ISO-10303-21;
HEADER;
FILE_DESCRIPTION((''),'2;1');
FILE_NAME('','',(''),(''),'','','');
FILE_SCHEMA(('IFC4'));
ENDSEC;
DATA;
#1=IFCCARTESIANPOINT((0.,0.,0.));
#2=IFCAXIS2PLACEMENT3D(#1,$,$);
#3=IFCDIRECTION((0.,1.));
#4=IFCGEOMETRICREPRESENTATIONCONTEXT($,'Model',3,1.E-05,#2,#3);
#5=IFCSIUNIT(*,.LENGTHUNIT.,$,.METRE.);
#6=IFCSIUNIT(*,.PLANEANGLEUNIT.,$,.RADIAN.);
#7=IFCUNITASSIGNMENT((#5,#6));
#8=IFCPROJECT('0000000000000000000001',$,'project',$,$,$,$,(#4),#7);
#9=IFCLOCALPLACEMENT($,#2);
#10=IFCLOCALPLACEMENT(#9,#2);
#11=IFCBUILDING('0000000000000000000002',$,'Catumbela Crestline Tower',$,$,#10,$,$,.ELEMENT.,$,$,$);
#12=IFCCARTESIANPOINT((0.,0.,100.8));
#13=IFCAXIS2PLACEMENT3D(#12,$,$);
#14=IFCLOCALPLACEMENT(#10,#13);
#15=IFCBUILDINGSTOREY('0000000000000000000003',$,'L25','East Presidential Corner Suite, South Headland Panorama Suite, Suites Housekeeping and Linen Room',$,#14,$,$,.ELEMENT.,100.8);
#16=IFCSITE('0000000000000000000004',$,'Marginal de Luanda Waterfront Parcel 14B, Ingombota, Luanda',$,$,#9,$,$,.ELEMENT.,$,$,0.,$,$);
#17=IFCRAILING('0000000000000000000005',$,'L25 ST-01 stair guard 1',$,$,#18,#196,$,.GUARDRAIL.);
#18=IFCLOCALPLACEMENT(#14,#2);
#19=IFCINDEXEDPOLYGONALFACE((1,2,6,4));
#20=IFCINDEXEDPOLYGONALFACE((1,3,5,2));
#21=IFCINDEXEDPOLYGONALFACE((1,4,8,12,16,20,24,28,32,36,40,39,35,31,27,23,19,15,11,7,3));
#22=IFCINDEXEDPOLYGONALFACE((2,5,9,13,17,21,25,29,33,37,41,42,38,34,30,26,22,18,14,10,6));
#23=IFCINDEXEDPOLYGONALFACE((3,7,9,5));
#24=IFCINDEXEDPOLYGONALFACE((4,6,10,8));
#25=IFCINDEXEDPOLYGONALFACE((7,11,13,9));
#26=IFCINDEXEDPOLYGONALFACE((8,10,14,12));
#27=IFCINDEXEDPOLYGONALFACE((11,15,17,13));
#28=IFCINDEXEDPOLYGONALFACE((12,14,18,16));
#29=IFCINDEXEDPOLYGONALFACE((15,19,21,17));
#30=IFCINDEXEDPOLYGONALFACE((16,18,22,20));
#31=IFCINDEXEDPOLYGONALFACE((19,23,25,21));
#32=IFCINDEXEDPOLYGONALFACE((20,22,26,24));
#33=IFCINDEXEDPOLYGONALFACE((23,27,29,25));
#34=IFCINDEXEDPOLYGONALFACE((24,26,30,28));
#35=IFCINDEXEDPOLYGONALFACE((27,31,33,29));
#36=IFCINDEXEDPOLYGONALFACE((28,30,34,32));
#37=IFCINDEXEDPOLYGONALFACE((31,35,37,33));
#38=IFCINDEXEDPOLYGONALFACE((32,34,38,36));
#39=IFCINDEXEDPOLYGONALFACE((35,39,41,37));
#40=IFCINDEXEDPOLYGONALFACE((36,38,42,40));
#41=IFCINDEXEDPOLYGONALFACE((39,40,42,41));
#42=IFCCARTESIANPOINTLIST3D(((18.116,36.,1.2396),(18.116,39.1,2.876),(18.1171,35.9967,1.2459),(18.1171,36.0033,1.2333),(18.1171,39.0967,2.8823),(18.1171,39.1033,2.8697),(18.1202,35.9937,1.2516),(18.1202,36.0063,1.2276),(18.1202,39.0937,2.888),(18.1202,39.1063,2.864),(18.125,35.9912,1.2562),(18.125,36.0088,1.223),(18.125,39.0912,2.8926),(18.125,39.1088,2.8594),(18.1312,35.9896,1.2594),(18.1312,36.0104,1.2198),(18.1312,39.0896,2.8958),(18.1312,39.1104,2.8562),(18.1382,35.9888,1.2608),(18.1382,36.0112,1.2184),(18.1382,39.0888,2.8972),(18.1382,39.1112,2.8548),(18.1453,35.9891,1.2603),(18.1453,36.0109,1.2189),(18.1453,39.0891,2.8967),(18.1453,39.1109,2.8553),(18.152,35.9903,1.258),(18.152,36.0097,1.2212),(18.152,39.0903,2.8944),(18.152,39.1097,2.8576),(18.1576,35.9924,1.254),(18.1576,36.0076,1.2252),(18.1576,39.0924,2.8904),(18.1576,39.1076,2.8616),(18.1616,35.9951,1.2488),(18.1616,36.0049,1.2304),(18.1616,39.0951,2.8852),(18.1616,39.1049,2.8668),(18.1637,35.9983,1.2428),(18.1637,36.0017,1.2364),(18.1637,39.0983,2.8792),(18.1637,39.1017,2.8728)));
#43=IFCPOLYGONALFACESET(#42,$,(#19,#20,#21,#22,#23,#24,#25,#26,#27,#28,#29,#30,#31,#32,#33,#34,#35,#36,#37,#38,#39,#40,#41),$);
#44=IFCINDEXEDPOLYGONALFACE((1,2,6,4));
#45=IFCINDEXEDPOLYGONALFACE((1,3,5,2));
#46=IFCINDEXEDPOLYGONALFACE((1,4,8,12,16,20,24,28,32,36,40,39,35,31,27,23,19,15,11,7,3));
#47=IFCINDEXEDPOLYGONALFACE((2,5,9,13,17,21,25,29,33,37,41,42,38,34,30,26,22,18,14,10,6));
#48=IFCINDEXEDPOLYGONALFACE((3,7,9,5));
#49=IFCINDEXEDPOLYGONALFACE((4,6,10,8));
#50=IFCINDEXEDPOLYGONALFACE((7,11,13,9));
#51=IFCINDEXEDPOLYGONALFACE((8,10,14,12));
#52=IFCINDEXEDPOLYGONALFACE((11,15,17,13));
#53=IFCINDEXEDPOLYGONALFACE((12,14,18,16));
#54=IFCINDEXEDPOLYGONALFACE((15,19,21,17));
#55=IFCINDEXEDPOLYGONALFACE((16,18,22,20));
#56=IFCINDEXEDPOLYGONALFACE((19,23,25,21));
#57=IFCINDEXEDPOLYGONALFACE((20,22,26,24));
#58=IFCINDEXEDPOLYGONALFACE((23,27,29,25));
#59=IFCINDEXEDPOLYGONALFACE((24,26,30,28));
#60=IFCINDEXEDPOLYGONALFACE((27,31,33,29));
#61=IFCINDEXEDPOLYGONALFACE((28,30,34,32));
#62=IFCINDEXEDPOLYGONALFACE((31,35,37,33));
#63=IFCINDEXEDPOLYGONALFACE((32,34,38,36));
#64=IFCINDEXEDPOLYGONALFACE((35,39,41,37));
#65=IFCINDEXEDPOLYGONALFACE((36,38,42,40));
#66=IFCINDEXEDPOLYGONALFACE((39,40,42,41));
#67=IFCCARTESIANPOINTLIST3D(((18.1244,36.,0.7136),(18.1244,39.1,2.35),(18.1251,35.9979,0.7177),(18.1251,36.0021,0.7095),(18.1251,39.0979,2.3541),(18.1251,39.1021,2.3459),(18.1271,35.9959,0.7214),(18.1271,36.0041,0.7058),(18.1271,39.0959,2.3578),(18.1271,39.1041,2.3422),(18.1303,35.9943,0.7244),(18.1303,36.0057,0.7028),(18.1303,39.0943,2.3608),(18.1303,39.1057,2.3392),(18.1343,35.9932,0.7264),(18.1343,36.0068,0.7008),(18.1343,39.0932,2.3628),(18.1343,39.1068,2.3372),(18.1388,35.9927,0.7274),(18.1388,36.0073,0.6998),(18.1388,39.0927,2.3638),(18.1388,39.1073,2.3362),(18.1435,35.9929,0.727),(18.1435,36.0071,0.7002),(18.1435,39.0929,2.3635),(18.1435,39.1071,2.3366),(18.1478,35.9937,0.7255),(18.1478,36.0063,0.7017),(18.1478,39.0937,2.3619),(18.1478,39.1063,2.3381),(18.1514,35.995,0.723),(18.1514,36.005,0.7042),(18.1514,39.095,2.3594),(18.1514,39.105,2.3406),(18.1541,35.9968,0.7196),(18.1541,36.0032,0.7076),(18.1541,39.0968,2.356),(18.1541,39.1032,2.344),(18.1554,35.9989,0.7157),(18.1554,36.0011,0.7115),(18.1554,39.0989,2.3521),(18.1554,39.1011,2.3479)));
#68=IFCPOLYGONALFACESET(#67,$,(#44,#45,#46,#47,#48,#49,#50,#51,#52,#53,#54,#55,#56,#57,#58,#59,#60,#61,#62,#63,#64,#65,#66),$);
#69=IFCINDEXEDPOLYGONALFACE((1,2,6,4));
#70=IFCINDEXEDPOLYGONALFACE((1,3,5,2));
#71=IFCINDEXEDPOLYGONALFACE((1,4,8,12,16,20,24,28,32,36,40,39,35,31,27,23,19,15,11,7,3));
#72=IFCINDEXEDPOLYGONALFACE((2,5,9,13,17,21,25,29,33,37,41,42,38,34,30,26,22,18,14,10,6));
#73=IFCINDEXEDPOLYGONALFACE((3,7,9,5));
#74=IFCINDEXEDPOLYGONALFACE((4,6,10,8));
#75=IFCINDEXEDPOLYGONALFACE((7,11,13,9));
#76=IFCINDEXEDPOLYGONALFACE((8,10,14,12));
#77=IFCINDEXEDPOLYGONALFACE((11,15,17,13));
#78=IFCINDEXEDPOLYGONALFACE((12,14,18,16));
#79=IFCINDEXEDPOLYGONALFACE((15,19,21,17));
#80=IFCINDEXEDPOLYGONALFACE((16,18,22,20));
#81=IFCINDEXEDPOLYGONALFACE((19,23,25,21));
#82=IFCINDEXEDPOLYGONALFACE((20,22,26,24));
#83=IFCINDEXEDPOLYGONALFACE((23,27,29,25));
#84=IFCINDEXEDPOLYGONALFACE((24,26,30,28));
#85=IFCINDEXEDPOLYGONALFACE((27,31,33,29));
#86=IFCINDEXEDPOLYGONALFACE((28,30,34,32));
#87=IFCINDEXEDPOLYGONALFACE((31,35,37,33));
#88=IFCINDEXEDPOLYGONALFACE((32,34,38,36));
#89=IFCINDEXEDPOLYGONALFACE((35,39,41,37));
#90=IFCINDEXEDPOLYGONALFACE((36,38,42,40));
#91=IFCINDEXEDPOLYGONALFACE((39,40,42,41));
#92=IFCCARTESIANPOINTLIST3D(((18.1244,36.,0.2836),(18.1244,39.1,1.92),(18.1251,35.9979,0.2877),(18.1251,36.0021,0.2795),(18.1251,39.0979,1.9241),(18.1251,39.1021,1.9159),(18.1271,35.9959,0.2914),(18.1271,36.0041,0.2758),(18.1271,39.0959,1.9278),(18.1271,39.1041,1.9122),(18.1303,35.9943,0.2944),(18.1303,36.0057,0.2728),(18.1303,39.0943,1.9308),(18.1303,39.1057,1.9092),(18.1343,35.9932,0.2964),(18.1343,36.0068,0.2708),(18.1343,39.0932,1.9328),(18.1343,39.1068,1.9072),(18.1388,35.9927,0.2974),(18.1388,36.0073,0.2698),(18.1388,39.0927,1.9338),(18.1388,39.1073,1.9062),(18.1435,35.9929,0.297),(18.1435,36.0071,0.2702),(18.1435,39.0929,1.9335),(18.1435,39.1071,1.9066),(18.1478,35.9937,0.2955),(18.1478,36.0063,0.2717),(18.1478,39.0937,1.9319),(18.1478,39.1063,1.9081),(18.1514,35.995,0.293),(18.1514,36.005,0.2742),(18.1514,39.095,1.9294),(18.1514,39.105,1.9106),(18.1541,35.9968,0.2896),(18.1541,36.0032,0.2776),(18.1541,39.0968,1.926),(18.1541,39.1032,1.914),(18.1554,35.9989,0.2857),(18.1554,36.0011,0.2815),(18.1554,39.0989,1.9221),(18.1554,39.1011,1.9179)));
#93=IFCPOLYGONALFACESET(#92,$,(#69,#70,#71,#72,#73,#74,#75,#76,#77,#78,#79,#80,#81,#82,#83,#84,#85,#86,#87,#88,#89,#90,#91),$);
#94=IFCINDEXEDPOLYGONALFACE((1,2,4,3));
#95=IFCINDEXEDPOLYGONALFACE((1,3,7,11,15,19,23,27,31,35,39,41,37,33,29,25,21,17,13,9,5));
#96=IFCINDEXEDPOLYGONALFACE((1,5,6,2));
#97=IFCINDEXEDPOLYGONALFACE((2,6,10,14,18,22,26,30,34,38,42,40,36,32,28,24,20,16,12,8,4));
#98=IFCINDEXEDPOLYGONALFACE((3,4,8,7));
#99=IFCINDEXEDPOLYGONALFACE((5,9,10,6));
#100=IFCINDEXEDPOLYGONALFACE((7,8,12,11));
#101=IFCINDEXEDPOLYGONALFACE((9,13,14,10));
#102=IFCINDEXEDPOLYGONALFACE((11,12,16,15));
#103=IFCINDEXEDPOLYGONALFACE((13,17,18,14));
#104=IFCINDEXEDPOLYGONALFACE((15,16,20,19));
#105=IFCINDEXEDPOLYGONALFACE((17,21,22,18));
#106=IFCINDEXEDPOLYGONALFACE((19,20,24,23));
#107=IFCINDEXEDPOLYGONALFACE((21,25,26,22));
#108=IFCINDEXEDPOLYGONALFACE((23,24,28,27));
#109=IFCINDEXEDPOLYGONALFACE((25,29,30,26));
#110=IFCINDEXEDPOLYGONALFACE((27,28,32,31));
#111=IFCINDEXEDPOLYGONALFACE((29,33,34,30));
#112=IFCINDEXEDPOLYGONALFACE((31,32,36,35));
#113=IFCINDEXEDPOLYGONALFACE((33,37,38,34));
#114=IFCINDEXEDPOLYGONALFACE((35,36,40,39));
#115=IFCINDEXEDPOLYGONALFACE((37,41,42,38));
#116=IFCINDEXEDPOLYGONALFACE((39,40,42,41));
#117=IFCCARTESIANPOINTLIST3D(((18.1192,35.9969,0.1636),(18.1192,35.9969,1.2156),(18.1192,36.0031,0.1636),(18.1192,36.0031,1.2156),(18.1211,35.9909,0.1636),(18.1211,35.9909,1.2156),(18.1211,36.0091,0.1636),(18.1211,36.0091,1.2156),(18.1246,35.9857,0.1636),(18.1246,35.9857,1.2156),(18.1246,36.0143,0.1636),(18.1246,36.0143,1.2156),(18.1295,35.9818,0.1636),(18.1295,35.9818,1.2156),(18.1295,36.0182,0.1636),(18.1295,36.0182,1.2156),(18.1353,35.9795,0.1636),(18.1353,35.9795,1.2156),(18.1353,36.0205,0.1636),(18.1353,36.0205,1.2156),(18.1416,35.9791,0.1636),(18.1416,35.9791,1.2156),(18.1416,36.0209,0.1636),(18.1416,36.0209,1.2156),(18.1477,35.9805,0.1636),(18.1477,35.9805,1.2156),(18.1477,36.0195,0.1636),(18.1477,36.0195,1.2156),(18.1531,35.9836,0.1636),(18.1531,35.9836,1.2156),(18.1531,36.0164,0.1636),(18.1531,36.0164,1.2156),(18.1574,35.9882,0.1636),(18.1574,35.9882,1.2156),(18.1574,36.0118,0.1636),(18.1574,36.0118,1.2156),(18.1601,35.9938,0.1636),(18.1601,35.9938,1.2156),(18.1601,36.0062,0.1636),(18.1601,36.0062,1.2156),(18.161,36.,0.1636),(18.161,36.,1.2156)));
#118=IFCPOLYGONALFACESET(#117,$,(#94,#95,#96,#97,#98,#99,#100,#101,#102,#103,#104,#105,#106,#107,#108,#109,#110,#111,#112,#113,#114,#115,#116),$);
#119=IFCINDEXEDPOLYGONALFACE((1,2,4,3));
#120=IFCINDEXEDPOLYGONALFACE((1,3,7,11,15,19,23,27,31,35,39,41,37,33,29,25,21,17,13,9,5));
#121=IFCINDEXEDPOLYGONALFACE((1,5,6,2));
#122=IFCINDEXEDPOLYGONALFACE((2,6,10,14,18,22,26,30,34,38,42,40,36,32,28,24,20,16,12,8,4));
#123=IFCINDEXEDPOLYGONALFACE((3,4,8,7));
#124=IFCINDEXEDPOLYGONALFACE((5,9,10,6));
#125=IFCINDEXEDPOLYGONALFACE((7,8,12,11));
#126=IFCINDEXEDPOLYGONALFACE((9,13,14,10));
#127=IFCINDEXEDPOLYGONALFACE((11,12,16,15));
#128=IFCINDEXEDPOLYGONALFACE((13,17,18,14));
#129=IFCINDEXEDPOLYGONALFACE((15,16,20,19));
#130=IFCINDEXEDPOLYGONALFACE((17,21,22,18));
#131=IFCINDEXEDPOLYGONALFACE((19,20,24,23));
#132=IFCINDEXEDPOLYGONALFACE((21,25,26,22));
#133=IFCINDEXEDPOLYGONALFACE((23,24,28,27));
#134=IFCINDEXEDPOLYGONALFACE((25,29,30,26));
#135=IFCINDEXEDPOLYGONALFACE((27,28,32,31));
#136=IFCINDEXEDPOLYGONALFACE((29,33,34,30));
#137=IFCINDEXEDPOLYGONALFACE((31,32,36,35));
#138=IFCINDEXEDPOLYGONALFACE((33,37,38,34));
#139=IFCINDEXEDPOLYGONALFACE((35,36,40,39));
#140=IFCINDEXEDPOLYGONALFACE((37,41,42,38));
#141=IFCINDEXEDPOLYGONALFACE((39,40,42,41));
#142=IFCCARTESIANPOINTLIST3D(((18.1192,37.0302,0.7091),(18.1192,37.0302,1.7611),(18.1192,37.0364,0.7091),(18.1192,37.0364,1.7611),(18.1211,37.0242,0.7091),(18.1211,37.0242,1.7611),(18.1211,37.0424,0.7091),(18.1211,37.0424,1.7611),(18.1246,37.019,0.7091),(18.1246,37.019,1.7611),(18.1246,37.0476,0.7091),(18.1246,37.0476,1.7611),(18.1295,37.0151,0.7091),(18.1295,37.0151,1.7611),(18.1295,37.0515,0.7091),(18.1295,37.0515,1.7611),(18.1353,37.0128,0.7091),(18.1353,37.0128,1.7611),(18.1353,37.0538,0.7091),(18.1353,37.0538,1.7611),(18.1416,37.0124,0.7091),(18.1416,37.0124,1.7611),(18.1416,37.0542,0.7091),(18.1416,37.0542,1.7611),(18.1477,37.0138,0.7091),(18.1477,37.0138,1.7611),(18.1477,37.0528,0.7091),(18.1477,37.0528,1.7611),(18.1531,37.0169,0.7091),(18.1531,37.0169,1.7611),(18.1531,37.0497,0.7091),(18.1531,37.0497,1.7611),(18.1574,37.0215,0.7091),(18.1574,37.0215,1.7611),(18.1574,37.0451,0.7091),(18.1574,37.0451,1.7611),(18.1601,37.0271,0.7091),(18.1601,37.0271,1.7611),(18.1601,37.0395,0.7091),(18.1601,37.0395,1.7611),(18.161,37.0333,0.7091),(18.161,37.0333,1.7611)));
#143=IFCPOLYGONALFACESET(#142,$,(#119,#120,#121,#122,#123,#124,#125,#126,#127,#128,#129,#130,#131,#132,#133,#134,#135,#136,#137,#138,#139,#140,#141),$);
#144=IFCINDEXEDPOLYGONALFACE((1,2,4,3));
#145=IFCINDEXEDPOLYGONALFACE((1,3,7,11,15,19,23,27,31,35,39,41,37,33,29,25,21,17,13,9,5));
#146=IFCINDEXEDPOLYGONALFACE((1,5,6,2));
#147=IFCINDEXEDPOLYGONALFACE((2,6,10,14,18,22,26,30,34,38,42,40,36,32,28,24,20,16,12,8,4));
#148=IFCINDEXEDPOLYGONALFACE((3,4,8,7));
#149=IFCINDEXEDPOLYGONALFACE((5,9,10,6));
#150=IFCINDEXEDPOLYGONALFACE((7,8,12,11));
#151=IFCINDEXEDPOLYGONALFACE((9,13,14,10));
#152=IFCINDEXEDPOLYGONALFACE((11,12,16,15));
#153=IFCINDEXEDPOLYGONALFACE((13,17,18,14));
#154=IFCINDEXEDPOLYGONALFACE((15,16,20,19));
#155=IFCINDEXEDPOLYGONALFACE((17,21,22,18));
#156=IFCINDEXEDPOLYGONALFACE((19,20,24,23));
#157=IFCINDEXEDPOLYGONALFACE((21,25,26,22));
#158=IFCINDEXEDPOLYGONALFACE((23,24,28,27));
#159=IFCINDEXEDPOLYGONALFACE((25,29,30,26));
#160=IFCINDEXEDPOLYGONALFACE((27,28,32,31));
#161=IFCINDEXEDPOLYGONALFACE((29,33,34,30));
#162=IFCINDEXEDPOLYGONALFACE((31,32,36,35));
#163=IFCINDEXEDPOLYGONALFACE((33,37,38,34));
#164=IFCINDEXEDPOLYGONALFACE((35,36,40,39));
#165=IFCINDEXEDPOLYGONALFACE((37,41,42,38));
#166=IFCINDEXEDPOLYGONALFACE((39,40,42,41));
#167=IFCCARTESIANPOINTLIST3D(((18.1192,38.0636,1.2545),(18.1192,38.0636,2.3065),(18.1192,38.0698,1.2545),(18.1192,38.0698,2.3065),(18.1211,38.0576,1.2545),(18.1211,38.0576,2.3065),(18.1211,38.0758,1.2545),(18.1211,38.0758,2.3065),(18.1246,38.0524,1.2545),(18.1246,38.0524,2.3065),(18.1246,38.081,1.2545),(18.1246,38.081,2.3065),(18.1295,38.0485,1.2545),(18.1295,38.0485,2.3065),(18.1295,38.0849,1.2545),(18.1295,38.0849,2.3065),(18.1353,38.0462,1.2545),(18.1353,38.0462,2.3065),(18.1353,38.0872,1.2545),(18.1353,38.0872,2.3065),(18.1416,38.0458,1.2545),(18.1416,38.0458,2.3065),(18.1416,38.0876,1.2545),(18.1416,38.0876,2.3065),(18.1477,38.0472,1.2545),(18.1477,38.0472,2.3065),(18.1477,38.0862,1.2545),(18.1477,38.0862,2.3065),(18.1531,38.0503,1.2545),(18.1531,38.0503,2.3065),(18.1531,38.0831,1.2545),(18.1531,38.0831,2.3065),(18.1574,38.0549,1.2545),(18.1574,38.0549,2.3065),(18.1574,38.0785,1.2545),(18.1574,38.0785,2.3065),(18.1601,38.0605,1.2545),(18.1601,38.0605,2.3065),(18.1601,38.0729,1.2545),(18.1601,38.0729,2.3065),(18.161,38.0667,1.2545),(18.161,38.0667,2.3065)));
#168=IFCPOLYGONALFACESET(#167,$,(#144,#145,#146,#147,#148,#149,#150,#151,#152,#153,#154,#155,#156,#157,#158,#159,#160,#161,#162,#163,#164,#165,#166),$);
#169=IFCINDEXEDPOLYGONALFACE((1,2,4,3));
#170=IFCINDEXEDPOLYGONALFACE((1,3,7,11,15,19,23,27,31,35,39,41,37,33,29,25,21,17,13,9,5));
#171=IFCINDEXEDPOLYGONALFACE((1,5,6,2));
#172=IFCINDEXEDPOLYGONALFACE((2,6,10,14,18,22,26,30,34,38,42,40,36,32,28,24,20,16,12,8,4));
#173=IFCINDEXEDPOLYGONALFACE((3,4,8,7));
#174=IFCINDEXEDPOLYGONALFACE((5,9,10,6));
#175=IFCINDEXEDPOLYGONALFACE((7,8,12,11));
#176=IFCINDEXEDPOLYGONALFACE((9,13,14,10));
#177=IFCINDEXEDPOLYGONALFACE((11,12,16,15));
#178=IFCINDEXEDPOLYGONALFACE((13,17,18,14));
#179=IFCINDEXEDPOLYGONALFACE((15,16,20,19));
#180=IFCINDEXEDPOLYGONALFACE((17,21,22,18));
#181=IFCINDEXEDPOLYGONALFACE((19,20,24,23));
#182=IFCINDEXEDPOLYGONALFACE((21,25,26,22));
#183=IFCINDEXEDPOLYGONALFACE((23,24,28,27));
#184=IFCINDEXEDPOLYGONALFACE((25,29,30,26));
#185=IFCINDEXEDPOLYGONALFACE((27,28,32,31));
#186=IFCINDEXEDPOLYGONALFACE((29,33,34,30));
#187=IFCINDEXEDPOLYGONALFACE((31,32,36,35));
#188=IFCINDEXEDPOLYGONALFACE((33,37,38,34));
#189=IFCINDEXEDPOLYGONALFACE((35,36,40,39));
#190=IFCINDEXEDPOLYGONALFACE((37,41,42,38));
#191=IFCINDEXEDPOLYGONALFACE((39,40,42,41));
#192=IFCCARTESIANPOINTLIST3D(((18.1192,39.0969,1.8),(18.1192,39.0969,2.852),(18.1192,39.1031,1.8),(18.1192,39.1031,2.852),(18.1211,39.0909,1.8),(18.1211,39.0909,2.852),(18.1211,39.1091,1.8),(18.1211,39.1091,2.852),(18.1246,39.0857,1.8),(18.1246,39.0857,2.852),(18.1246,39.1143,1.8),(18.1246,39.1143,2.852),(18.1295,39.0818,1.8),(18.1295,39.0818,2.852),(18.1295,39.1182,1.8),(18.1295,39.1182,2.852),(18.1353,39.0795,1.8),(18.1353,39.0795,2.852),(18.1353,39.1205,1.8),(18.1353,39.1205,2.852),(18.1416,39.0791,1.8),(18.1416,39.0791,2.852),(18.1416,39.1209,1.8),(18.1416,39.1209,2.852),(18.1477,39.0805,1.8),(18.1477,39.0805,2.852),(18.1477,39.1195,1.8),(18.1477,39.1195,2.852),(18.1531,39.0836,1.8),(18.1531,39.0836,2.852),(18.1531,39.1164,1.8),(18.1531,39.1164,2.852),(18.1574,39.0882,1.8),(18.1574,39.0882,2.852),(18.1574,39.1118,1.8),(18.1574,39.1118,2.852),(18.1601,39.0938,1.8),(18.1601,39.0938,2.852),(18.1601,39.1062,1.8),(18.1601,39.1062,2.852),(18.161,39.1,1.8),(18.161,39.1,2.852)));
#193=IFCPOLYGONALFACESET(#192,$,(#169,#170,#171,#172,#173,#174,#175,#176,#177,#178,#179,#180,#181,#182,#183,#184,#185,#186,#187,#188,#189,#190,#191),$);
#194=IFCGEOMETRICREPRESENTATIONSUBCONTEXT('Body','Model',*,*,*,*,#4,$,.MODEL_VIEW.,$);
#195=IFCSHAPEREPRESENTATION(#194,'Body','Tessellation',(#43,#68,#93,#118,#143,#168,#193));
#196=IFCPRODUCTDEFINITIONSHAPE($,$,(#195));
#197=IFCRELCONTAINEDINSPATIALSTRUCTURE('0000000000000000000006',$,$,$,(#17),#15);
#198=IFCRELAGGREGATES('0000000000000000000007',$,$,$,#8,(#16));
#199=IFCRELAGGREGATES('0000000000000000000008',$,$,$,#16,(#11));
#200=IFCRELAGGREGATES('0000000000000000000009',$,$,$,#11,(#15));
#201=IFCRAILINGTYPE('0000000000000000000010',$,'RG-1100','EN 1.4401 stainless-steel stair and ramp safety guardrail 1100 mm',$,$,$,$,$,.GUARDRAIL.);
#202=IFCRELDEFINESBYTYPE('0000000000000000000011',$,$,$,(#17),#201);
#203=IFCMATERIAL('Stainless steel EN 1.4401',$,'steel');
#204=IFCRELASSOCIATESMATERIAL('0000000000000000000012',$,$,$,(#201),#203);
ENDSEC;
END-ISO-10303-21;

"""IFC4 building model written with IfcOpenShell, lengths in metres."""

from ifc_helpers import new_model, si_unit, direction, frame, origin, origin_2d, place, context, subcontext, project, spatial, circle, extrude, material, type_object, element, save


model = new_model("IFC4")

# Units and contexts
model_context = context("Model", 3, precision=1e-05, world=origin(), true_north=direction((0.0, 1.0)))
body_context = subcontext(model_context, "Body", "Model", "MODEL_VIEW")
ifc_project = project(units=[si_unit("LENGTHUNIT", "METRE"), si_unit("PLANEANGLEUNIT", "RADIAN")], contexts=[model_context])

# Site, building, storey
site_placement = place(None, origin())
site = spatial("IfcSite", under=ifc_project, at=site_placement, Name="Marginal de Luanda Waterfront Parcel 14B, Ingombota, Luanda", CompositionType="ELEMENT", RefElevation=0.0)
building_placement = place(site_placement, origin())
building = spatial("IfcBuilding", under=site, at=building_placement, Name="Catumbela Crestline Tower", CompositionType="ELEMENT")
storey_placement = place(building_placement, frame((0.0, 0.0, 100.8)))
storey = spatial("IfcBuildingStorey", under=building, at=storey_placement, Name="L25", Description="East Presidential Corner Suite, South Headland Panorama Suite, Suites Housekeeping and Linen Room", CompositionType="ELEMENT", Elevation=100.8)

# Railing
ifc_material_1 = material(Name="Stainless steel EN 1.4401", Category="steel")
railing_type_1 = type_object("IfcRailingType", Name="RG-1100", Description="EN 1.4401 stainless-steel stair and ramp safety guardrail 1100 mm", PredefinedType="GUARDRAIL", material=ifc_material_1)
railing_1_placement = place(storey_placement, frame((18.14, 36.0, 0.1636)))
element("IfcRailing", 1, at=railing_1_placement, inside=storey, type_object=railing_type_1, Name="L25 ST-01 stair guard 1", PredefinedType="GUARDRAIL", context=body_context, shape_type="SweptSolid", body=[
    extrude(circle(Radius=0.024, at=origin_2d()), frame((0.0, 0.0, 1.076), z_axis=(0.0, 0.884351, 0.466823), x_axis=(-1.0, 0.0, 0.0)), (0.0, 0.0, 1.0), 3.5054),
    extrude(circle(Radius=0.0156, at=origin_2d()), frame((0.0, 0.0, 0.55), z_axis=(0.0, 0.884351, 0.466823), x_axis=(-1.0, 0.0, 0.0)), (0.0, 0.0, 1.0), 3.5054),
    extrude(circle(Radius=0.0156, at=origin_2d()), frame((0.0, 0.0, 0.12), z_axis=(0.0, 0.884351, 0.466823), x_axis=(-1.0, 0.0, 0.0)), (0.0, 0.0, 1.0), 3.5054),
    extrude(circle(Radius=0.021, at=origin_2d()), origin(), (0.0, 0.0, 1.0), 1.052),
    extrude(circle(Radius=0.021, at=origin_2d()), frame((0.0, 1.0333, 0.5455)), (0.0, 0.0, 1.0), 1.052),
    extrude(circle(Radius=0.021, at=origin_2d()), frame((0.0, 2.0667, 1.0909)), (0.0, 0.0, 1.0), 1.052),
    extrude(circle(Radius=0.021, at=origin_2d()), frame((0.0, 3.1, 1.6364)), (0.0, 0.0, 1.0), 1.052),
])

save(model, "model.ifc")
